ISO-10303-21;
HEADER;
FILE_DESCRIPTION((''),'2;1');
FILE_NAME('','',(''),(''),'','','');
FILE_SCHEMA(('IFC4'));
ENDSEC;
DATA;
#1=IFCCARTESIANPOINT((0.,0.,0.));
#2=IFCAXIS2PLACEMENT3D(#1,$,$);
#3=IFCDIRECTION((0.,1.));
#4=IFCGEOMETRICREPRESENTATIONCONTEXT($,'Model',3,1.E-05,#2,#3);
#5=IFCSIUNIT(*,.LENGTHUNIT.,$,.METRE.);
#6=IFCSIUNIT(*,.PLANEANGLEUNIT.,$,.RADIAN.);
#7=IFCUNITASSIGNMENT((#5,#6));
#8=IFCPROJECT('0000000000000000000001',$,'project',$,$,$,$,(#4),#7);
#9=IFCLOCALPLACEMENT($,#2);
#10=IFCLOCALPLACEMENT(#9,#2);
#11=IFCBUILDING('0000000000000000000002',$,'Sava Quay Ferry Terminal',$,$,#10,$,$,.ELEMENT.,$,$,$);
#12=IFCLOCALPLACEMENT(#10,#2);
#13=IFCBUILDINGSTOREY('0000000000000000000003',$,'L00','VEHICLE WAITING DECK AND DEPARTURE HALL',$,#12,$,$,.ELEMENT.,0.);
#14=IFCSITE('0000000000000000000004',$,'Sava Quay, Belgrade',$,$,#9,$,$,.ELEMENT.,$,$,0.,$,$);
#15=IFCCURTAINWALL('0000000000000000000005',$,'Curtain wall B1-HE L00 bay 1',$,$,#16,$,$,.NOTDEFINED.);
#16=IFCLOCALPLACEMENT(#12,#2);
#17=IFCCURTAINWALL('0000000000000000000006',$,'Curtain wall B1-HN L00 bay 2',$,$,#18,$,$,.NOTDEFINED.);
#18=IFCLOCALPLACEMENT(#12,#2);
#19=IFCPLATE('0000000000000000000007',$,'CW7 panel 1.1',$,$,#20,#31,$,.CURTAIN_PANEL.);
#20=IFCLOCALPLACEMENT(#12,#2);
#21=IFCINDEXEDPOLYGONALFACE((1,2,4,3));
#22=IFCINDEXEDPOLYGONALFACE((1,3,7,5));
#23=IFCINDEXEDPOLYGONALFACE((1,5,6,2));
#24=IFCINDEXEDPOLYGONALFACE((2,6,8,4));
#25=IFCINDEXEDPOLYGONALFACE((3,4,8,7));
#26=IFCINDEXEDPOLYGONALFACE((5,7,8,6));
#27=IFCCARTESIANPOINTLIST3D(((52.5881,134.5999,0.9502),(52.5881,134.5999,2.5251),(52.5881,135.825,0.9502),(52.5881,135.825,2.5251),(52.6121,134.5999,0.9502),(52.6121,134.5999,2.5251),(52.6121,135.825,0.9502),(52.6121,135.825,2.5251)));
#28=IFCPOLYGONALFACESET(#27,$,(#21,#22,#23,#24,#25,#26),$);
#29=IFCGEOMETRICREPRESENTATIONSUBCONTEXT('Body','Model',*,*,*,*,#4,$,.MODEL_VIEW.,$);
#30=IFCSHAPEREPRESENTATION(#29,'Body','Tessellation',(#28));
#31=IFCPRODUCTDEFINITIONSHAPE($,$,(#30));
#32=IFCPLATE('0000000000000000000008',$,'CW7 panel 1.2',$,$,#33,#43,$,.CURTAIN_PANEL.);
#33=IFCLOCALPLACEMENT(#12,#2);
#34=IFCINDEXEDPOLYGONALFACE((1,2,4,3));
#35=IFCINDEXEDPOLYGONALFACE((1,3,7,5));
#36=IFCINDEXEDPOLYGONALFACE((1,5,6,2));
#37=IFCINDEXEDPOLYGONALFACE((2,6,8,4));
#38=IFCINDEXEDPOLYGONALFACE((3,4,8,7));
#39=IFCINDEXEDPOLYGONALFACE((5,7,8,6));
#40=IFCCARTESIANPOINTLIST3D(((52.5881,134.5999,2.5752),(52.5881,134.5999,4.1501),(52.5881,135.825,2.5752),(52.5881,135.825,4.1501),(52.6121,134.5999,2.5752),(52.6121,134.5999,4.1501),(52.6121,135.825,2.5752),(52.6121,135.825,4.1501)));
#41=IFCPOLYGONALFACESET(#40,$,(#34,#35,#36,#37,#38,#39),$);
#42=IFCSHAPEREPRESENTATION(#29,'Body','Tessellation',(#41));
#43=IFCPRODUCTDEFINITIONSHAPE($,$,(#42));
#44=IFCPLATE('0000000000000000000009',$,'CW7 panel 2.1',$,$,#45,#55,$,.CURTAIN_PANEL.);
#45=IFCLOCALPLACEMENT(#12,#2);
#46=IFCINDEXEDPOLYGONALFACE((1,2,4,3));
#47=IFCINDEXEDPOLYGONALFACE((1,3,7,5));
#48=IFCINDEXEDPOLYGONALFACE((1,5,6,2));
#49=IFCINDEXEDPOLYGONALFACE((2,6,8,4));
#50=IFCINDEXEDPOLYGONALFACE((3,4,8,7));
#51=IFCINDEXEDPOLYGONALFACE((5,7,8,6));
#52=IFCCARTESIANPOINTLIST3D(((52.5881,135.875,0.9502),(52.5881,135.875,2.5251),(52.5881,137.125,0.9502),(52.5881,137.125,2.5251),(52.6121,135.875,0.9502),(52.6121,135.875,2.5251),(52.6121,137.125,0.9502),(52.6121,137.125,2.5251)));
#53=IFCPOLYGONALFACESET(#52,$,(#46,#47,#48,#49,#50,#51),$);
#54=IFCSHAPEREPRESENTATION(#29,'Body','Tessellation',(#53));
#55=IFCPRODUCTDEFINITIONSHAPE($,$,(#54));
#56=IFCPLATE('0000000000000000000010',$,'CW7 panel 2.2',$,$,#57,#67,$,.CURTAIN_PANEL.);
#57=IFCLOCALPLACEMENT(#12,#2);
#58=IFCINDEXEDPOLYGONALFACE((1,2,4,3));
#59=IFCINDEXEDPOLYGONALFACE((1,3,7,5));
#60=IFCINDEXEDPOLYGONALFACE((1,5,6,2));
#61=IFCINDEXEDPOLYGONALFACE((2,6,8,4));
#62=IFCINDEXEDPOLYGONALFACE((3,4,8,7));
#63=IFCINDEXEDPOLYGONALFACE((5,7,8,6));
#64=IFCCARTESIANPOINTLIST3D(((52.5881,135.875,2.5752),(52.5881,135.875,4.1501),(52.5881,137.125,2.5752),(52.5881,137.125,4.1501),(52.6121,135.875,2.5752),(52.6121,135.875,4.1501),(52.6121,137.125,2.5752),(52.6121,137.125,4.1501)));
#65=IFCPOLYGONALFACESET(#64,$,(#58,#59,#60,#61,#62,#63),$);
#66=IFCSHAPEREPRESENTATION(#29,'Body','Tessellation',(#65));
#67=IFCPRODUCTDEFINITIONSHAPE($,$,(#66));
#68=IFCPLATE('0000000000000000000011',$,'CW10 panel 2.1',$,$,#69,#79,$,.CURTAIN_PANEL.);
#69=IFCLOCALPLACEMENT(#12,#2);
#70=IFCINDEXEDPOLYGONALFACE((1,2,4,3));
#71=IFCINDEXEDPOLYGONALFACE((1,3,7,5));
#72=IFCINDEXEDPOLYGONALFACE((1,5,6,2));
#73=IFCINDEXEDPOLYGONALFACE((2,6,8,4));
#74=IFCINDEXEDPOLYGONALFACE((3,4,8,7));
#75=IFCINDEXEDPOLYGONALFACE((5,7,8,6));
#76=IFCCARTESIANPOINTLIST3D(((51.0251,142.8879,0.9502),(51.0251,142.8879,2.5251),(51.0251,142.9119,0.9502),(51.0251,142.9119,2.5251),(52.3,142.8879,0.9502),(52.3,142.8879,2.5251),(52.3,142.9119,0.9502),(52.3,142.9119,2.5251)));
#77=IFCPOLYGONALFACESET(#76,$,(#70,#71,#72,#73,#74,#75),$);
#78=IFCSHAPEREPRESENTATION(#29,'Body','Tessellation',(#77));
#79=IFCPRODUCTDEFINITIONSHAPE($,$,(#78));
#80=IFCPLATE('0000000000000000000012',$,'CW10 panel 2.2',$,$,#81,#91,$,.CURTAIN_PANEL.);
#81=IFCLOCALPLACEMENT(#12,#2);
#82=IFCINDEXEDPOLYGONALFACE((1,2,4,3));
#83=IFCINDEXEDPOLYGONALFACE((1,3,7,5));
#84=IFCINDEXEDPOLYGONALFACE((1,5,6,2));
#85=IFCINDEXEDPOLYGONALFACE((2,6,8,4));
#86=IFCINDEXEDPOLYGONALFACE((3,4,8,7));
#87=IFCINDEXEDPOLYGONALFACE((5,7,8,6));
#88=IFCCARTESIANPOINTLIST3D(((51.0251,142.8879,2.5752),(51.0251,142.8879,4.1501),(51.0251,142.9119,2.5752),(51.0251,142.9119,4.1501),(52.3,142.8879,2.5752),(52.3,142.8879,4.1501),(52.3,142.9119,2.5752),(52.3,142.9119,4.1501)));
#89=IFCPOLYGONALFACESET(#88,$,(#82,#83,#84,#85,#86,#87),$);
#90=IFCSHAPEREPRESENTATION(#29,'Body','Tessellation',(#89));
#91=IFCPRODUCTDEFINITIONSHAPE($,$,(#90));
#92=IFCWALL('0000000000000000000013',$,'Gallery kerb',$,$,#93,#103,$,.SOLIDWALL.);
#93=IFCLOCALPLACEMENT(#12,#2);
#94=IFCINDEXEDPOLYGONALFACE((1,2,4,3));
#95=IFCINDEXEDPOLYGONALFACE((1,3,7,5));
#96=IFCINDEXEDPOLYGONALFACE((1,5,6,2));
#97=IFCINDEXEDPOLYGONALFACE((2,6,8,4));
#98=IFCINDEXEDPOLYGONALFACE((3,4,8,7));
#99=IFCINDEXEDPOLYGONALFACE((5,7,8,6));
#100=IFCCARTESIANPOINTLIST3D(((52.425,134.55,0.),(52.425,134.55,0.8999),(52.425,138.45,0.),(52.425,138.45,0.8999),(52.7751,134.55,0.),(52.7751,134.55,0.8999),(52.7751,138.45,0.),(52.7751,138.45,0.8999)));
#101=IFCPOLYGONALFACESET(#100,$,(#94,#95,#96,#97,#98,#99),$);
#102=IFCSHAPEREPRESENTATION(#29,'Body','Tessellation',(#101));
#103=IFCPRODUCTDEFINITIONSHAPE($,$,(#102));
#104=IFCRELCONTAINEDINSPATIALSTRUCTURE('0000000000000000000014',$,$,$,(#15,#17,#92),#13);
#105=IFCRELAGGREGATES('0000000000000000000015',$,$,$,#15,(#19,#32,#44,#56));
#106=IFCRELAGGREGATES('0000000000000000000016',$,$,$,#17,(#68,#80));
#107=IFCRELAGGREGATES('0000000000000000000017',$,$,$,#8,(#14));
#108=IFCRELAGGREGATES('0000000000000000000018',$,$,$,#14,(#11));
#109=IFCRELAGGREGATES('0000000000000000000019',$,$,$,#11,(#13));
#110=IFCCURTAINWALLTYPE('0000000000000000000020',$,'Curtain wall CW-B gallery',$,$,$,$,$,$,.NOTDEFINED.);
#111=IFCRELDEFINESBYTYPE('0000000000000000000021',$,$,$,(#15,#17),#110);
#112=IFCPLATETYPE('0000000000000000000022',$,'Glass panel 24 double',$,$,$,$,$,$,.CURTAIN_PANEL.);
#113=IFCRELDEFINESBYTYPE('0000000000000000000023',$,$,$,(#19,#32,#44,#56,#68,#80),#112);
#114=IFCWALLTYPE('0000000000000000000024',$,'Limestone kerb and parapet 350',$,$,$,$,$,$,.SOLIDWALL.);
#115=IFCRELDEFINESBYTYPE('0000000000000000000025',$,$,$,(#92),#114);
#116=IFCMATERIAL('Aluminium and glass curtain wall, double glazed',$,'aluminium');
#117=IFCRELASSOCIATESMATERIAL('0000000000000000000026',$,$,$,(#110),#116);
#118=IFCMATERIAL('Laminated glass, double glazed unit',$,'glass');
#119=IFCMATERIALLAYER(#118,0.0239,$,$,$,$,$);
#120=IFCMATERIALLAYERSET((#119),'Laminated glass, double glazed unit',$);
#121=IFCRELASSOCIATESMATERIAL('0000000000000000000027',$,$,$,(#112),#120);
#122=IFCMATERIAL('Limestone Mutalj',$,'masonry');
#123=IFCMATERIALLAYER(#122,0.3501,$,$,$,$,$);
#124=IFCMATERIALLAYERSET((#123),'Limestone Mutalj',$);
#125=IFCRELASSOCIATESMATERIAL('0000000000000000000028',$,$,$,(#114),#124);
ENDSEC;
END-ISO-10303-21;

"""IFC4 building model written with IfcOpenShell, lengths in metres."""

from ifc_helpers import new_model, si_unit, direction, frame, frame_2d, origin, origin_2d, place, context, subcontext, project, spatial, rectangle, extrude, material, layer, layer_set, type_object, element, aggregate, save


model = new_model("IFC4")

# Units and contexts
model_context = context("Model", 3, precision=1e-05, world=origin(), true_north=direction((0.0, 1.0)))
body_context = subcontext(model_context, "Body", "Model", "MODEL_VIEW")
ifc_project = project(units=[si_unit("LENGTHUNIT", "METRE"), si_unit("PLANEANGLEUNIT", "RADIAN")], contexts=[model_context])

# Site, building, storey
site_placement = place(None, origin())
site = spatial("IfcSite", under=ifc_project, at=site_placement, Name="Sava Quay, Belgrade", CompositionType="ELEMENT", RefElevation=0.0)
building_placement = place(site_placement, origin())
building = spatial("IfcBuilding", under=site, at=building_placement, Name="Sava Quay Ferry Terminal", CompositionType="ELEMENT")
storey_placement = place(building_placement, origin())
storey = spatial("IfcBuildingStorey", under=building, at=storey_placement, Name="L00", Description="VEHICLE WAITING DECK AND DEPARTURE HALL", CompositionType="ELEMENT", Elevation=0.0)

# Curtain walls
ifc_material_1 = material(Name="Aluminium and glass curtain wall, double glazed", Category="aluminium")
curtain_wall_type = type_object("IfcCurtainWallType", Name="Curtain wall CW-B gallery", PredefinedType="NOTDEFINED", material=ifc_material_1)
curtain_wall_1_placement = place(storey_placement, origin())
curtain_wall_1 = element("IfcCurtainWall", 1, at=curtain_wall_1_placement, inside=storey, type_object=curtain_wall_type, Name="Curtain wall B1-HE L00 bay 1", PredefinedType="NOTDEFINED")
curtain_wall_2_placement = place(storey_placement, origin())
curtain_wall_2 = element("IfcCurtainWall", 2, at=curtain_wall_2_placement, inside=storey, type_object=curtain_wall_type, Name="Curtain wall B1-HN L00 bay 2", PredefinedType="NOTDEFINED")

# Plates
ifc_material_2 = material(Name="Laminated glass, double glazed unit", Category="glass")
ifc_layer_1 = layer(ifc_material_2, 0.0239)
ifc_layer_set_1 = layer_set([ifc_layer_1], Name="Laminated glass, double glazed unit")
plate_type = type_object("IfcPlateType", Name="Glass panel 24 double", PredefinedType="CURTAIN_PANEL", material=ifc_layer_set_1)
plate_1_placement = place(storey_placement, frame((52.6001, 135.2124, 0.9502), z_axis=(0.0, 0.0, 1.0), x_axis=(0.0, 1.0, 0.0)))
plate_1 = element("IfcPlate", 3, at=plate_1_placement, type_object=plate_type, Name="CW7 panel 1.1", PredefinedType="CURTAIN_PANEL", context=body_context, shape_type="SweptSolid", body=[
    extrude(rectangle(XDim=1.2251, YDim=0.0239, at=origin_2d()), origin(), (0.0, 0.0, 1.0), 1.575),
])
plate_2_placement = place(storey_placement, frame((52.6001, 135.2124, 2.5752), z_axis=(0.0, 0.0, 1.0), x_axis=(0.0, 1.0, 0.0)))
plate_2 = element("IfcPlate", 4, at=plate_2_placement, type_object=plate_type, Name="CW7 panel 1.2", PredefinedType="CURTAIN_PANEL", context=body_context, shape_type="SweptSolid", body=[
    extrude(rectangle(XDim=1.2251, YDim=0.0239, at=origin_2d()), origin(), (0.0, 0.0, 1.0), 1.575),
])
plate_3_placement = place(storey_placement, frame((52.6001, 136.5, 0.9502), z_axis=(0.0, 0.0, 1.0), x_axis=(0.0, 1.0, 0.0)))
plate_3 = element("IfcPlate", 5, at=plate_3_placement, type_object=plate_type, Name="CW7 panel 2.1", PredefinedType="CURTAIN_PANEL", context=body_context, shape_type="SweptSolid", body=[
    extrude(rectangle(XDim=1.25, YDim=0.0239, at=origin_2d()), origin(), (0.0, 0.0, 1.0), 1.575),
])
plate_4_placement = place(storey_placement, frame((52.6001, 136.5, 2.5752), z_axis=(0.0, 0.0, 1.0), x_axis=(0.0, 1.0, 0.0)))
plate_4 = element("IfcPlate", 6, at=plate_4_placement, type_object=plate_type, Name="CW7 panel 2.2", PredefinedType="CURTAIN_PANEL", context=body_context, shape_type="SweptSolid", body=[
    extrude(rectangle(XDim=1.25, YDim=0.0239, at=origin_2d()), origin(), (0.0, 0.0, 1.0), 1.575),
])
aggregate(curtain_wall_1, [plate_1, plate_2, plate_3, plate_4])
plate_5_placement = place(storey_placement, frame((51.6626, 142.8999, 0.9502), z_axis=(0.0, 0.0, 1.0), x_axis=(1.0, 0.0, 0.0)))
plate_5 = element("IfcPlate", 7, at=plate_5_placement, type_object=plate_type, Name="CW10 panel 2.1", PredefinedType="CURTAIN_PANEL", context=body_context, shape_type="SweptSolid", body=[
    extrude(rectangle(XDim=1.2749, YDim=0.0239, at=origin_2d()), origin(), (0.0, 0.0, 1.0), 1.575),
])
plate_6_placement = place(storey_placement, frame((51.6626, 142.8999, 2.5752), z_axis=(0.0, 0.0, 1.0), x_axis=(1.0, 0.0, 0.0)))
plate_6 = element("IfcPlate", 8, at=plate_6_placement, type_object=plate_type, Name="CW10 panel 2.2", PredefinedType="CURTAIN_PANEL", context=body_context, shape_type="SweptSolid", body=[
    extrude(rectangle(XDim=1.2749, YDim=0.0239, at=origin_2d()), origin(), (0.0, 0.0, 1.0), 1.575),
])
aggregate(curtain_wall_2, [plate_5, plate_6])

# Wall
ifc_material_3 = material(Name="Limestone Mutalj", Category="masonry")
ifc_layer_2 = layer(ifc_material_3, 0.3501)
ifc_layer_set_2 = layer_set([ifc_layer_2], Name="Limestone Mutalj")
wall_type = type_object("IfcWallType", Name="Limestone kerb and parapet 350", PredefinedType="SOLIDWALL", material=ifc_layer_set_2)
wall_placement = place(storey_placement, frame((52.6001, 134.55, 0.0), z_axis=(0.0, 0.0, 1.0), x_axis=(0.0, 1.0, 0.0)))
element("IfcWall", 9, at=wall_placement, inside=storey, type_object=wall_type, Name="Gallery kerb", PredefinedType="SOLIDWALL", context=body_context, shape_type="SweptSolid", body=[
    extrude(rectangle(XDim=3.8999, YDim=0.3501, at=frame_2d((1.95, 0.0))), origin(), (0.0, 0.0, 1.0), 0.8999),
])

save(model, "model.ifc")
